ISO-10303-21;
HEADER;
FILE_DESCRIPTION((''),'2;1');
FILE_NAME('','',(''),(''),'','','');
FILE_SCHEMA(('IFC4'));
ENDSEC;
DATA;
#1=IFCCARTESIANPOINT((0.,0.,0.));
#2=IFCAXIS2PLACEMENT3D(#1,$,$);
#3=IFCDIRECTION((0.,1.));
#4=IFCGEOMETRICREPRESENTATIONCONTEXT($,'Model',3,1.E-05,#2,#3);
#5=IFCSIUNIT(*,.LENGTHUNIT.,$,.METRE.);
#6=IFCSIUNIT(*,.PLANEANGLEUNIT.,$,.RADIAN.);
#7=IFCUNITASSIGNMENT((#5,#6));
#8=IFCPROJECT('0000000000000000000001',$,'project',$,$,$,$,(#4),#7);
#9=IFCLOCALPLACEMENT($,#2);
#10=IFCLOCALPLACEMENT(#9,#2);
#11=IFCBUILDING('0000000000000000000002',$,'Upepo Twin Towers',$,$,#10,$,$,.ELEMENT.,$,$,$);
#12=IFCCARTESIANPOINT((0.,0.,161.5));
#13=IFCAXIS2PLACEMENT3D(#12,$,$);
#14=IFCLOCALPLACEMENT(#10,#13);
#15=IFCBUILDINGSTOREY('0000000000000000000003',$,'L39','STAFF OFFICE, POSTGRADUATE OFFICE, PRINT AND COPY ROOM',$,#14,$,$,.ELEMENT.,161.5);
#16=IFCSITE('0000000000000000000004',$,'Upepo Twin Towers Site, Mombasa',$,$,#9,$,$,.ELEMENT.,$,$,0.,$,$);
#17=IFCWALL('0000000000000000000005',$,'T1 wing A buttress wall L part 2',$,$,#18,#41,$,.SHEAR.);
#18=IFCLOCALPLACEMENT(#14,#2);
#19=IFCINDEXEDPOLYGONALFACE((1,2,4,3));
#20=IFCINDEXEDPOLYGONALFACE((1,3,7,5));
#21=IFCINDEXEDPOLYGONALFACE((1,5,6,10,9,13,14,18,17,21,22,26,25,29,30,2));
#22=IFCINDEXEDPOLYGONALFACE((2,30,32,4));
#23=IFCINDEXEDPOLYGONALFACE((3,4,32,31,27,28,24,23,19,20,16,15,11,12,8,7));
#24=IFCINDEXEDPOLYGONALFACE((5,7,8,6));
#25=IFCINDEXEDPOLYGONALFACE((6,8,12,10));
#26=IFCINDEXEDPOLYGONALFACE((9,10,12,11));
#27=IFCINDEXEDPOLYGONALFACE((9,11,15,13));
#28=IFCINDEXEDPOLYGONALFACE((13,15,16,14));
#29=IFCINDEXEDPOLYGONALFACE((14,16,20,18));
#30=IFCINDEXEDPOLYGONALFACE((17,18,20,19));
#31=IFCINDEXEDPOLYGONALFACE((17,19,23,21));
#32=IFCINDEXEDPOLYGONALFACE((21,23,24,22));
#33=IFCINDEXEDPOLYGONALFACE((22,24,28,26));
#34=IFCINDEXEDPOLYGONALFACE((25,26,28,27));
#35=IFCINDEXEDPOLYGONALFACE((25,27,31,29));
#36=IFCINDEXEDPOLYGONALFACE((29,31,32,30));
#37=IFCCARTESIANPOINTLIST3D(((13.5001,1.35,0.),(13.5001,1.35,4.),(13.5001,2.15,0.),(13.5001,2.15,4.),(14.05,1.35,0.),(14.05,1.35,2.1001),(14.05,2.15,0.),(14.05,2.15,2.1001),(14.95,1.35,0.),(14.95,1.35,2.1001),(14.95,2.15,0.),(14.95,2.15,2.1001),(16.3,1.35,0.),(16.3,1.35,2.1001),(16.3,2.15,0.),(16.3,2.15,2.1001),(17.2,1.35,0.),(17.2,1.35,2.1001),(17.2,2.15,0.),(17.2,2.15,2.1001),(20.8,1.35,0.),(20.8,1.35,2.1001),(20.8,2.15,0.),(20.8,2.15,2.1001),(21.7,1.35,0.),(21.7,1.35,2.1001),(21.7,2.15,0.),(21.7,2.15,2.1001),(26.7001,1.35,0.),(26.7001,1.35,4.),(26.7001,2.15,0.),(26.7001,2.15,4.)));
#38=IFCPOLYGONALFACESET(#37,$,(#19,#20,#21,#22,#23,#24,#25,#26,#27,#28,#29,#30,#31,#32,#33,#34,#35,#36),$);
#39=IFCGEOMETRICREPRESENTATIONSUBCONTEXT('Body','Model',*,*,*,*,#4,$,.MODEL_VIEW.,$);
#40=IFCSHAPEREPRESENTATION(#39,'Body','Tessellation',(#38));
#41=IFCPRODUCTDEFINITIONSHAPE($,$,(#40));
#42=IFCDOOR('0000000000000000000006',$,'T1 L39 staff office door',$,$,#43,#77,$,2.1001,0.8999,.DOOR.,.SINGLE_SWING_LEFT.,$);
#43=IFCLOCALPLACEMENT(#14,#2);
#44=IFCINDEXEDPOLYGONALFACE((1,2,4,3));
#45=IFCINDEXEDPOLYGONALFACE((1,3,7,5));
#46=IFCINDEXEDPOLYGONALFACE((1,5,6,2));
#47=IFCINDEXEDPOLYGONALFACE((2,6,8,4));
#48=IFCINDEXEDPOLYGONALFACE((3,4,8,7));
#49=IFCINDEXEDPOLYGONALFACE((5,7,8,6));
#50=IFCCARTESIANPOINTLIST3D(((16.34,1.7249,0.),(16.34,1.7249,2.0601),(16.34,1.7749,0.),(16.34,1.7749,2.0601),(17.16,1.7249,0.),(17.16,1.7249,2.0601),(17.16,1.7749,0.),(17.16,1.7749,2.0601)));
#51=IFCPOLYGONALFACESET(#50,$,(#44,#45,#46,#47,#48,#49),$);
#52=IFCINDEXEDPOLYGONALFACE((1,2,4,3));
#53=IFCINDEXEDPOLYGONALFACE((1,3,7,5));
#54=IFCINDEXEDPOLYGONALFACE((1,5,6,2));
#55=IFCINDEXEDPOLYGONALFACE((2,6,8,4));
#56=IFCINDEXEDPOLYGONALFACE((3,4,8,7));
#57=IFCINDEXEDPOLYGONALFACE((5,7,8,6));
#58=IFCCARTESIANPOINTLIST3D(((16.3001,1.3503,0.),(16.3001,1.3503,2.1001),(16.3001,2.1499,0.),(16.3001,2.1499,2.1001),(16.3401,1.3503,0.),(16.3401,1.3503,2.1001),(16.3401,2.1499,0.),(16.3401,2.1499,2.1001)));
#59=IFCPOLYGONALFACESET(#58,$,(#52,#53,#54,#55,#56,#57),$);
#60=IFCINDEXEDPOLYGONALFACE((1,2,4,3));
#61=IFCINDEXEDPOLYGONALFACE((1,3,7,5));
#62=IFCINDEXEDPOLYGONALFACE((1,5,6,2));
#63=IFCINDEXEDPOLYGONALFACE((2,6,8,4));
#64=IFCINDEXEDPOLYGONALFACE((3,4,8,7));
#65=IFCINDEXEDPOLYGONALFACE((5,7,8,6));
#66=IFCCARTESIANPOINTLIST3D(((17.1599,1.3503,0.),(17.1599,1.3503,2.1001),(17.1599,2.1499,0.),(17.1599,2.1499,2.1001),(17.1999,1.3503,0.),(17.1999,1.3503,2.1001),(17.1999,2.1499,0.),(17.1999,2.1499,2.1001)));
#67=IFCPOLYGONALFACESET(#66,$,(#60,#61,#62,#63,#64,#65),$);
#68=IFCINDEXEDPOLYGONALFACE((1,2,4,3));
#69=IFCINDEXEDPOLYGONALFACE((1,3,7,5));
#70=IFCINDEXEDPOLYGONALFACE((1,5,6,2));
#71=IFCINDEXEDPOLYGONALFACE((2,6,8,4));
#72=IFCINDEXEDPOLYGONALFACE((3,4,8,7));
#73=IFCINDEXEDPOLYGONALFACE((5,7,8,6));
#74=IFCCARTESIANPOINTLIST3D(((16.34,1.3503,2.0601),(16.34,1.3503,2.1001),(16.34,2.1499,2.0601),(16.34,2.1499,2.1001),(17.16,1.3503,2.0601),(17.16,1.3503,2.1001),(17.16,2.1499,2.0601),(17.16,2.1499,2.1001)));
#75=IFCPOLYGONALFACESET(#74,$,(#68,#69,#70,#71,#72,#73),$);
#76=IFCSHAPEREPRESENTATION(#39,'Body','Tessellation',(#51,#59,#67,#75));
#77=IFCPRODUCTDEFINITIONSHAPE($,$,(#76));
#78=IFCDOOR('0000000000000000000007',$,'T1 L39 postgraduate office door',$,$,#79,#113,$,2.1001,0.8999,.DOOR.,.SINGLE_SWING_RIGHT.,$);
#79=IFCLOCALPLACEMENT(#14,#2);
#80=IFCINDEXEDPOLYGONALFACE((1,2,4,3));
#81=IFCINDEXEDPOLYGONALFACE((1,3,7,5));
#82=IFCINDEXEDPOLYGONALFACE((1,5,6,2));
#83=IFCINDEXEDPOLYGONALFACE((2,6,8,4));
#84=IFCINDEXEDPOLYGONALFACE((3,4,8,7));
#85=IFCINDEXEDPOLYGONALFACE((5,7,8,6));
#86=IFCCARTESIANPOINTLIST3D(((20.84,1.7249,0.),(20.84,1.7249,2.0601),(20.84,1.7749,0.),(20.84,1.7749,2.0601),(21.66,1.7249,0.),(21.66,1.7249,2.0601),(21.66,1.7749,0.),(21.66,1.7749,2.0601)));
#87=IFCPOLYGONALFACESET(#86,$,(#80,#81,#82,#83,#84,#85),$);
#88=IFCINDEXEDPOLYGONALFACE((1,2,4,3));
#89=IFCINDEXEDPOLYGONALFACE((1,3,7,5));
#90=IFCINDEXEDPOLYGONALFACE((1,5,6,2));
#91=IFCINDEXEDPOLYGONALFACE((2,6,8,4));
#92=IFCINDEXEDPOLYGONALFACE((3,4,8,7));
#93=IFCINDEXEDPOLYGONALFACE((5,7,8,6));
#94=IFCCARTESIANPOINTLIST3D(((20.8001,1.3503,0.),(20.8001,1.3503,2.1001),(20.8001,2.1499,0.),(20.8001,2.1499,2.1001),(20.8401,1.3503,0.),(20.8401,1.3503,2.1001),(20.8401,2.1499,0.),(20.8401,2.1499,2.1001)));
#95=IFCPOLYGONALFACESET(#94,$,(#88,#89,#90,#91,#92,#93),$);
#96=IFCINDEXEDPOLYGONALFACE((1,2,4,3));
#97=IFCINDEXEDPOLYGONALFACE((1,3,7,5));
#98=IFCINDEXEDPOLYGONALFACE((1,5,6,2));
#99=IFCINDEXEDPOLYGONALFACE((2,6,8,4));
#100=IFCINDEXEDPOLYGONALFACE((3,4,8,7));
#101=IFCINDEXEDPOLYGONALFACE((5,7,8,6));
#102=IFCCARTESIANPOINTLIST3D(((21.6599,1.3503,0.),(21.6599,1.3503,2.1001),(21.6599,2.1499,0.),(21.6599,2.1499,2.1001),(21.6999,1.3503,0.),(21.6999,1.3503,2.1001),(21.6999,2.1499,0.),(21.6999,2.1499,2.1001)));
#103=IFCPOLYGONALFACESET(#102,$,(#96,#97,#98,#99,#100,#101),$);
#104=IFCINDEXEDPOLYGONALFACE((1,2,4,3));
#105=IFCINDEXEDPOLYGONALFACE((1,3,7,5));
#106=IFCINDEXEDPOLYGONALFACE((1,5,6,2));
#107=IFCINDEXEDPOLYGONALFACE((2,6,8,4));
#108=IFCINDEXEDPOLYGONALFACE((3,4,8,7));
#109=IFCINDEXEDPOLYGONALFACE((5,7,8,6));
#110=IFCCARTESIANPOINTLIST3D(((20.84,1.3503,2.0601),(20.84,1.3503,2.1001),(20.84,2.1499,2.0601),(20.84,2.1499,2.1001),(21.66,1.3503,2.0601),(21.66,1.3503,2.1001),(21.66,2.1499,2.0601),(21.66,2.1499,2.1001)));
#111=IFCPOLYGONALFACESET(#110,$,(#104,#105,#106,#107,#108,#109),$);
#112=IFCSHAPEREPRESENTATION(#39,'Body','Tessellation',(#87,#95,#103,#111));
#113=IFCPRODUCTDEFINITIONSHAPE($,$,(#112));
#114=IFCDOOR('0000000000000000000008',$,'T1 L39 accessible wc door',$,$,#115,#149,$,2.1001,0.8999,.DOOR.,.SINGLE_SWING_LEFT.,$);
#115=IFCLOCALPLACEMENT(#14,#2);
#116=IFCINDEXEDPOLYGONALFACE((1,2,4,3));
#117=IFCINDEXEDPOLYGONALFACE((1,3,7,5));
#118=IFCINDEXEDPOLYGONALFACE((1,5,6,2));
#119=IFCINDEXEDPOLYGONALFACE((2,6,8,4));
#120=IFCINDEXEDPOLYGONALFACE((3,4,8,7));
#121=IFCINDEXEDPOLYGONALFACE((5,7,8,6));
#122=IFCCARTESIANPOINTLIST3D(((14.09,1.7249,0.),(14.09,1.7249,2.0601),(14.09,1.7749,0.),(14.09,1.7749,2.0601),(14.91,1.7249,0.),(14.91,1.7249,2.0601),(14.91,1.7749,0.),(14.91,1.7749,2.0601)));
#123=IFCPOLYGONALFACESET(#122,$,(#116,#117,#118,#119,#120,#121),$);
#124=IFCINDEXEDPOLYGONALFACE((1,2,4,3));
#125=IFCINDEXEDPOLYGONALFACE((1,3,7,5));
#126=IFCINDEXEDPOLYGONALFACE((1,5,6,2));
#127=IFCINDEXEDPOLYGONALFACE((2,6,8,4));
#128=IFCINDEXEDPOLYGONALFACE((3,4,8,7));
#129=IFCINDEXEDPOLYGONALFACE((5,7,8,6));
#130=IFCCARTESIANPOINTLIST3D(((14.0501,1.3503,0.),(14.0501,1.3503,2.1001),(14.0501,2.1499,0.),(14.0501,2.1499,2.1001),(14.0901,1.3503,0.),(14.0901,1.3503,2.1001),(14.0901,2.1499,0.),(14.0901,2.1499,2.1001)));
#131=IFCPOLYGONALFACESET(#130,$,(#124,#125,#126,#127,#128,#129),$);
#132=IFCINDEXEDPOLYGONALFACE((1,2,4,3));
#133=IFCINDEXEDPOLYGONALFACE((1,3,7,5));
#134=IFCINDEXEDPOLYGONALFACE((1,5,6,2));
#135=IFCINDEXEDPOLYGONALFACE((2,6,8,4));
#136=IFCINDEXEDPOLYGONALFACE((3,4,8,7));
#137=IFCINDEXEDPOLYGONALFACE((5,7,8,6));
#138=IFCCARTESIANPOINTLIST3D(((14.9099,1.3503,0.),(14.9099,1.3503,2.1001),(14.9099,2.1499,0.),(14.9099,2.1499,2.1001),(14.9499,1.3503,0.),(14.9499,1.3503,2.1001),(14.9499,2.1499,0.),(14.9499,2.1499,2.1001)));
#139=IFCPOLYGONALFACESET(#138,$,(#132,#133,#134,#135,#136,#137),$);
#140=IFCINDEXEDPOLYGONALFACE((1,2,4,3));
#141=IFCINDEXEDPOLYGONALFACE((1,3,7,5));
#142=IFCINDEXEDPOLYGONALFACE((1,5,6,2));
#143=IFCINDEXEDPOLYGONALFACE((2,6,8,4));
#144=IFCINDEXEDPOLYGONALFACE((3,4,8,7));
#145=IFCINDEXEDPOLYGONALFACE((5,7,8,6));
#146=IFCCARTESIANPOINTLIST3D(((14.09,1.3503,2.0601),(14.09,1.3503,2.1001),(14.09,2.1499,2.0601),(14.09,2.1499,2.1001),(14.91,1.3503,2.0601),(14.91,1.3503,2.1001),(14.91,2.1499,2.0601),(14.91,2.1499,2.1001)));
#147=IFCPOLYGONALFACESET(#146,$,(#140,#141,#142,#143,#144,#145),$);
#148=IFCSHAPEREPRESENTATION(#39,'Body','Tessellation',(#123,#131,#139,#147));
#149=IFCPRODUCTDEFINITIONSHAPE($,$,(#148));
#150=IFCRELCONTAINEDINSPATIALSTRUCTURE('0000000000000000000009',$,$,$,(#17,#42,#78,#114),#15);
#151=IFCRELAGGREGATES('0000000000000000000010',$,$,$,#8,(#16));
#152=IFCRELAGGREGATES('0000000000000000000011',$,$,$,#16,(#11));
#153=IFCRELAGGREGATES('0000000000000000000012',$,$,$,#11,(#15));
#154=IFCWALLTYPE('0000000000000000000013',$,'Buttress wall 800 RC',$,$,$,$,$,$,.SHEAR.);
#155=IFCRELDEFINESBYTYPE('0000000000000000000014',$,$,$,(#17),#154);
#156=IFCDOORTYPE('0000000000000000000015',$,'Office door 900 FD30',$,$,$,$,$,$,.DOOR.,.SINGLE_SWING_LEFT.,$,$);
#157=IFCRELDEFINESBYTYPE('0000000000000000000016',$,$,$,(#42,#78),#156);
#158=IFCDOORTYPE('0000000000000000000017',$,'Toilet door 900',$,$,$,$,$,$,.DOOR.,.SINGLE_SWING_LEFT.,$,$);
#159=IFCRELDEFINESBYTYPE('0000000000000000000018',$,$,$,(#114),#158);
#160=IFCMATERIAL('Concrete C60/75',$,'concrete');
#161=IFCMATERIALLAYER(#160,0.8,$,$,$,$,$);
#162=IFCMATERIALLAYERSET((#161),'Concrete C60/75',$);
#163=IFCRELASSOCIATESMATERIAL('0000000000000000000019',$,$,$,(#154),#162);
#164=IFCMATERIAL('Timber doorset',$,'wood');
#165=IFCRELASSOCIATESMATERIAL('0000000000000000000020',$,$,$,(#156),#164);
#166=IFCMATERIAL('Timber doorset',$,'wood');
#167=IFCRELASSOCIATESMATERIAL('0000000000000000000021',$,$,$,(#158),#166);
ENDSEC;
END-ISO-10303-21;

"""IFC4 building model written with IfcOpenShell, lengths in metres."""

from ifc_helpers import new_model, si_unit, direction, frame, frame_2d, origin, place, context, subcontext, project, spatial, rectangle, extrude, material, layer, layer_set, type_object, element, fill, save


model = new_model("IFC4")

# Units and contexts
model_context = context("Model", 3, precision=1e-05, world=origin(), true_north=direction((0.0, 1.0)))
body_context = subcontext(model_context, "Body", "Model", "MODEL_VIEW")
ifc_project = project(units=[si_unit("LENGTHUNIT", "METRE"), si_unit("PLANEANGLEUNIT", "RADIAN")], contexts=[model_context])

# Site, building, storey
site_placement = place(None, origin())
site = spatial("IfcSite", under=ifc_project, at=site_placement, Name="Upepo Twin Towers Site, Mombasa", CompositionType="ELEMENT", RefElevation=0.0)
building_placement = place(site_placement, origin())
building = spatial("IfcBuilding", under=site, at=building_placement, Name="Upepo Twin Towers", CompositionType="ELEMENT")
storey_placement = place(building_placement, frame((0.0, 0.0, 161.5)))
storey = spatial("IfcBuildingStorey", under=building, at=storey_placement, Name="L39", Description="STAFF OFFICE, POSTGRADUATE OFFICE, PRINT AND COPY ROOM", CompositionType="ELEMENT", Elevation=161.5)

# Wall, openings, doors
ifc_material_1 = material(Name="Concrete C60/75", Category="concrete")
ifc_layer_1 = layer(ifc_material_1, 0.8)
ifc_layer_set_1 = layer_set([ifc_layer_1], Name="Concrete C60/75")
wall_type_1 = type_object("IfcWallType", Name="Buttress wall 800 RC", PredefinedType="SHEAR", material=ifc_layer_set_1)
wall_1_placement = place(storey_placement, frame((13.5, 1.75, 0.0), z_axis=(0.0, 0.0, 1.0), x_axis=(1.0, 0.0, 0.0)))
wall_1 = element("IfcWall", 1, at=wall_1_placement, inside=storey, type_object=wall_type_1, Name="T1 wing A buttress wall L part 2", PredefinedType="SHEAR", context=body_context, shape_type="SweptSolid", body=[
    extrude(rectangle(XDim=13.2, YDim=0.8, at=frame_2d((6.6001, 0.0))), origin(), (0.0, 0.0, 1.0), 4.0),
])
opening_1_placement = place(wall_1_placement, frame((0.55, 0.0, 0.0)))
opening_1 = element("IfcOpeningElement", 2, at=opening_1_placement, cuts=wall_1, PredefinedType="OPENING", context=body_context, shape_type="SweptSolid", body=[
    extrude(rectangle(XDim=0.8999, YDim=2.1001, at=frame_2d((0.45, 1.05))), frame((0.0, 0.4099, 0.0), z_axis=(0.0, -1.0, 0.0), x_axis=(1.0, 0.0, 0.0)), (0.0, 0.0, 1.0), 0.8201),
])
opening_2_placement = place(wall_1_placement, frame((2.8, 0.0, 0.0)))
opening_2 = element("IfcOpeningElement", 3, at=opening_2_placement, cuts=wall_1, PredefinedType="OPENING", context=body_context, shape_type="SweptSolid", body=[
    extrude(rectangle(XDim=0.8999, YDim=2.1001, at=frame_2d((0.45, 1.05))), frame((0.0, 0.4099, 0.0), z_axis=(0.0, -1.0, 0.0), x_axis=(1.0, 0.0, 0.0)), (0.0, 0.0, 1.0), 0.8201),
])
opening_3_placement = place(wall_1_placement, frame((7.3, 0.0, 0.0)))
opening_3 = element("IfcOpeningElement", 4, at=opening_3_placement, cuts=wall_1, PredefinedType="OPENING", context=body_context, shape_type="SweptSolid", body=[
    extrude(rectangle(XDim=0.8999, YDim=2.1001, at=frame_2d((0.45, 1.05))), frame((0.0, 0.4099, 0.0), z_axis=(0.0, -1.0, 0.0), x_axis=(1.0, 0.0, 0.0)), (0.0, 0.0, 1.0), 0.8201),
])
ifc_material_2 = material(Name="Timber doorset", Category="wood")
door_type_1 = type_object("IfcDoorType", Name="Office door 900 FD30", OperationType="SINGLE_SWING_LEFT", PredefinedType="DOOR", material=ifc_material_2)
door_1_placement = place(opening_2_placement, origin())
door_1 = element("IfcDoor", 5, at=door_1_placement, inside=storey, type_object=door_type_1, Name="T1 L39 staff office door", OperationType="SINGLE_SWING_LEFT", OverallHeight=2.1001, OverallWidth=0.8999, PredefinedType="DOOR", context=body_context, shape_type="SweptSolid", body=[
    extrude(rectangle(XDim=0.8199, YDim=2.0601, at=frame_2d((0.45, 1.03))), frame((0.0, 0.0249, 0.0), z_axis=(0.0, -1.0, 0.0), x_axis=(1.0, 0.0, 0.0)), (0.0, 0.0, 1.0), 0.05),
    extrude(rectangle(XDim=0.04, YDim=2.1001, at=frame_2d((0.02, 1.05))), frame((0.0, 0.3999, 0.0), z_axis=(0.0, -1.0, 0.0), x_axis=(1.0, 0.0, 0.0)), (0.0, 0.0, 1.0), 0.7996),
    extrude(rectangle(XDim=0.04, YDim=2.1001, at=frame_2d((0.8799, 1.05))), frame((0.0, 0.3999, 0.0), z_axis=(0.0, -1.0, 0.0), x_axis=(1.0, 0.0, 0.0)), (0.0, 0.0, 1.0), 0.7996),
    extrude(rectangle(XDim=0.8199, YDim=0.04, at=frame_2d((0.45, 2.0801))), frame((0.0, 0.3999, 0.0), z_axis=(0.0, -1.0, 0.0), x_axis=(1.0, 0.0, 0.0)), (0.0, 0.0, 1.0), 0.7996),
])
fill(opening_2, door_1)
door_2_placement = place(opening_3_placement, origin())
door_2 = element("IfcDoor", 6, at=door_2_placement, inside=storey, type_object=door_type_1, Name="T1 L39 postgraduate office door", OperationType="SINGLE_SWING_RIGHT", OverallHeight=2.1001, OverallWidth=0.8999, PredefinedType="DOOR", context=body_context, shape_type="SweptSolid", body=[
    extrude(rectangle(XDim=0.8199, YDim=2.0601, at=frame_2d((0.45, 1.03))), frame((0.0, 0.0249, 0.0), z_axis=(0.0, -1.0, 0.0), x_axis=(1.0, 0.0, 0.0)), (0.0, 0.0, 1.0), 0.05),
    extrude(rectangle(XDim=0.04, YDim=2.1001, at=frame_2d((0.02, 1.05))), frame((0.0, 0.3999, 0.0), z_axis=(0.0, -1.0, 0.0), x_axis=(1.0, 0.0, 0.0)), (0.0, 0.0, 1.0), 0.7996),
    extrude(rectangle(XDim=0.04, YDim=2.1001, at=frame_2d((0.8799, 1.05))), frame((0.0, 0.3999, 0.0), z_axis=(0.0, -1.0, 0.0), x_axis=(1.0, 0.0, 0.0)), (0.0, 0.0, 1.0), 0.7996),
    extrude(rectangle(XDim=0.8199, YDim=0.04, at=frame_2d((0.45, 2.0801))), frame((0.0, 0.3999, 0.0), z_axis=(0.0, -1.0, 0.0), x_axis=(1.0, 0.0, 0.0)), (0.0, 0.0, 1.0), 0.7996),
])
fill(opening_3, door_2)
ifc_material_3 = material(Name="Timber doorset", Category="wood")
door_type_2 = type_object("IfcDoorType", Name="Toilet door 900", OperationType="SINGLE_SWING_LEFT", PredefinedType="DOOR", material=ifc_material_3)
door_3_placement = place(opening_1_placement, origin())
door_3 = element("IfcDoor", 7, at=door_3_placement, inside=storey, type_object=door_type_2, Name="T1 L39 accessible wc door", OperationType="SINGLE_SWING_LEFT", OverallHeight=2.1001, OverallWidth=0.8999, PredefinedType="DOOR", context=body_context, shape_type="SweptSolid", body=[
    extrude(rectangle(XDim=0.8199, YDim=2.0601, at=frame_2d((0.45, 1.03))), frame((0.0, 0.0249, 0.0), z_axis=(0.0, -1.0, 0.0), x_axis=(1.0, 0.0, 0.0)), (0.0, 0.0, 1.0), 0.05),
    extrude(rectangle(XDim=0.04, YDim=2.1001, at=frame_2d((0.02, 1.05))), frame((0.0, 0.3999, 0.0), z_axis=(0.0, -1.0, 0.0), x_axis=(1.0, 0.0, 0.0)), (0.0, 0.0, 1.0), 0.7996),
    extrude(rectangle(XDim=0.04, YDim=2.1001, at=frame_2d((0.8799, 1.05))), frame((0.0, 0.3999, 0.0), z_axis=(0.0, -1.0, 0.0), x_axis=(1.0, 0.0, 0.0)), (0.0, 0.0, 1.0), 0.7996),
    extrude(rectangle(XDim=0.8199, YDim=0.04, at=frame_2d((0.45, 2.0801))), frame((0.0, 0.3999, 0.0), z_axis=(0.0, -1.0, 0.0), x_axis=(1.0, 0.0, 0.0)), (0.0, 0.0, 1.0), 0.7996),
])
fill(opening_1, door_3)

save(model, "model.ifc")
